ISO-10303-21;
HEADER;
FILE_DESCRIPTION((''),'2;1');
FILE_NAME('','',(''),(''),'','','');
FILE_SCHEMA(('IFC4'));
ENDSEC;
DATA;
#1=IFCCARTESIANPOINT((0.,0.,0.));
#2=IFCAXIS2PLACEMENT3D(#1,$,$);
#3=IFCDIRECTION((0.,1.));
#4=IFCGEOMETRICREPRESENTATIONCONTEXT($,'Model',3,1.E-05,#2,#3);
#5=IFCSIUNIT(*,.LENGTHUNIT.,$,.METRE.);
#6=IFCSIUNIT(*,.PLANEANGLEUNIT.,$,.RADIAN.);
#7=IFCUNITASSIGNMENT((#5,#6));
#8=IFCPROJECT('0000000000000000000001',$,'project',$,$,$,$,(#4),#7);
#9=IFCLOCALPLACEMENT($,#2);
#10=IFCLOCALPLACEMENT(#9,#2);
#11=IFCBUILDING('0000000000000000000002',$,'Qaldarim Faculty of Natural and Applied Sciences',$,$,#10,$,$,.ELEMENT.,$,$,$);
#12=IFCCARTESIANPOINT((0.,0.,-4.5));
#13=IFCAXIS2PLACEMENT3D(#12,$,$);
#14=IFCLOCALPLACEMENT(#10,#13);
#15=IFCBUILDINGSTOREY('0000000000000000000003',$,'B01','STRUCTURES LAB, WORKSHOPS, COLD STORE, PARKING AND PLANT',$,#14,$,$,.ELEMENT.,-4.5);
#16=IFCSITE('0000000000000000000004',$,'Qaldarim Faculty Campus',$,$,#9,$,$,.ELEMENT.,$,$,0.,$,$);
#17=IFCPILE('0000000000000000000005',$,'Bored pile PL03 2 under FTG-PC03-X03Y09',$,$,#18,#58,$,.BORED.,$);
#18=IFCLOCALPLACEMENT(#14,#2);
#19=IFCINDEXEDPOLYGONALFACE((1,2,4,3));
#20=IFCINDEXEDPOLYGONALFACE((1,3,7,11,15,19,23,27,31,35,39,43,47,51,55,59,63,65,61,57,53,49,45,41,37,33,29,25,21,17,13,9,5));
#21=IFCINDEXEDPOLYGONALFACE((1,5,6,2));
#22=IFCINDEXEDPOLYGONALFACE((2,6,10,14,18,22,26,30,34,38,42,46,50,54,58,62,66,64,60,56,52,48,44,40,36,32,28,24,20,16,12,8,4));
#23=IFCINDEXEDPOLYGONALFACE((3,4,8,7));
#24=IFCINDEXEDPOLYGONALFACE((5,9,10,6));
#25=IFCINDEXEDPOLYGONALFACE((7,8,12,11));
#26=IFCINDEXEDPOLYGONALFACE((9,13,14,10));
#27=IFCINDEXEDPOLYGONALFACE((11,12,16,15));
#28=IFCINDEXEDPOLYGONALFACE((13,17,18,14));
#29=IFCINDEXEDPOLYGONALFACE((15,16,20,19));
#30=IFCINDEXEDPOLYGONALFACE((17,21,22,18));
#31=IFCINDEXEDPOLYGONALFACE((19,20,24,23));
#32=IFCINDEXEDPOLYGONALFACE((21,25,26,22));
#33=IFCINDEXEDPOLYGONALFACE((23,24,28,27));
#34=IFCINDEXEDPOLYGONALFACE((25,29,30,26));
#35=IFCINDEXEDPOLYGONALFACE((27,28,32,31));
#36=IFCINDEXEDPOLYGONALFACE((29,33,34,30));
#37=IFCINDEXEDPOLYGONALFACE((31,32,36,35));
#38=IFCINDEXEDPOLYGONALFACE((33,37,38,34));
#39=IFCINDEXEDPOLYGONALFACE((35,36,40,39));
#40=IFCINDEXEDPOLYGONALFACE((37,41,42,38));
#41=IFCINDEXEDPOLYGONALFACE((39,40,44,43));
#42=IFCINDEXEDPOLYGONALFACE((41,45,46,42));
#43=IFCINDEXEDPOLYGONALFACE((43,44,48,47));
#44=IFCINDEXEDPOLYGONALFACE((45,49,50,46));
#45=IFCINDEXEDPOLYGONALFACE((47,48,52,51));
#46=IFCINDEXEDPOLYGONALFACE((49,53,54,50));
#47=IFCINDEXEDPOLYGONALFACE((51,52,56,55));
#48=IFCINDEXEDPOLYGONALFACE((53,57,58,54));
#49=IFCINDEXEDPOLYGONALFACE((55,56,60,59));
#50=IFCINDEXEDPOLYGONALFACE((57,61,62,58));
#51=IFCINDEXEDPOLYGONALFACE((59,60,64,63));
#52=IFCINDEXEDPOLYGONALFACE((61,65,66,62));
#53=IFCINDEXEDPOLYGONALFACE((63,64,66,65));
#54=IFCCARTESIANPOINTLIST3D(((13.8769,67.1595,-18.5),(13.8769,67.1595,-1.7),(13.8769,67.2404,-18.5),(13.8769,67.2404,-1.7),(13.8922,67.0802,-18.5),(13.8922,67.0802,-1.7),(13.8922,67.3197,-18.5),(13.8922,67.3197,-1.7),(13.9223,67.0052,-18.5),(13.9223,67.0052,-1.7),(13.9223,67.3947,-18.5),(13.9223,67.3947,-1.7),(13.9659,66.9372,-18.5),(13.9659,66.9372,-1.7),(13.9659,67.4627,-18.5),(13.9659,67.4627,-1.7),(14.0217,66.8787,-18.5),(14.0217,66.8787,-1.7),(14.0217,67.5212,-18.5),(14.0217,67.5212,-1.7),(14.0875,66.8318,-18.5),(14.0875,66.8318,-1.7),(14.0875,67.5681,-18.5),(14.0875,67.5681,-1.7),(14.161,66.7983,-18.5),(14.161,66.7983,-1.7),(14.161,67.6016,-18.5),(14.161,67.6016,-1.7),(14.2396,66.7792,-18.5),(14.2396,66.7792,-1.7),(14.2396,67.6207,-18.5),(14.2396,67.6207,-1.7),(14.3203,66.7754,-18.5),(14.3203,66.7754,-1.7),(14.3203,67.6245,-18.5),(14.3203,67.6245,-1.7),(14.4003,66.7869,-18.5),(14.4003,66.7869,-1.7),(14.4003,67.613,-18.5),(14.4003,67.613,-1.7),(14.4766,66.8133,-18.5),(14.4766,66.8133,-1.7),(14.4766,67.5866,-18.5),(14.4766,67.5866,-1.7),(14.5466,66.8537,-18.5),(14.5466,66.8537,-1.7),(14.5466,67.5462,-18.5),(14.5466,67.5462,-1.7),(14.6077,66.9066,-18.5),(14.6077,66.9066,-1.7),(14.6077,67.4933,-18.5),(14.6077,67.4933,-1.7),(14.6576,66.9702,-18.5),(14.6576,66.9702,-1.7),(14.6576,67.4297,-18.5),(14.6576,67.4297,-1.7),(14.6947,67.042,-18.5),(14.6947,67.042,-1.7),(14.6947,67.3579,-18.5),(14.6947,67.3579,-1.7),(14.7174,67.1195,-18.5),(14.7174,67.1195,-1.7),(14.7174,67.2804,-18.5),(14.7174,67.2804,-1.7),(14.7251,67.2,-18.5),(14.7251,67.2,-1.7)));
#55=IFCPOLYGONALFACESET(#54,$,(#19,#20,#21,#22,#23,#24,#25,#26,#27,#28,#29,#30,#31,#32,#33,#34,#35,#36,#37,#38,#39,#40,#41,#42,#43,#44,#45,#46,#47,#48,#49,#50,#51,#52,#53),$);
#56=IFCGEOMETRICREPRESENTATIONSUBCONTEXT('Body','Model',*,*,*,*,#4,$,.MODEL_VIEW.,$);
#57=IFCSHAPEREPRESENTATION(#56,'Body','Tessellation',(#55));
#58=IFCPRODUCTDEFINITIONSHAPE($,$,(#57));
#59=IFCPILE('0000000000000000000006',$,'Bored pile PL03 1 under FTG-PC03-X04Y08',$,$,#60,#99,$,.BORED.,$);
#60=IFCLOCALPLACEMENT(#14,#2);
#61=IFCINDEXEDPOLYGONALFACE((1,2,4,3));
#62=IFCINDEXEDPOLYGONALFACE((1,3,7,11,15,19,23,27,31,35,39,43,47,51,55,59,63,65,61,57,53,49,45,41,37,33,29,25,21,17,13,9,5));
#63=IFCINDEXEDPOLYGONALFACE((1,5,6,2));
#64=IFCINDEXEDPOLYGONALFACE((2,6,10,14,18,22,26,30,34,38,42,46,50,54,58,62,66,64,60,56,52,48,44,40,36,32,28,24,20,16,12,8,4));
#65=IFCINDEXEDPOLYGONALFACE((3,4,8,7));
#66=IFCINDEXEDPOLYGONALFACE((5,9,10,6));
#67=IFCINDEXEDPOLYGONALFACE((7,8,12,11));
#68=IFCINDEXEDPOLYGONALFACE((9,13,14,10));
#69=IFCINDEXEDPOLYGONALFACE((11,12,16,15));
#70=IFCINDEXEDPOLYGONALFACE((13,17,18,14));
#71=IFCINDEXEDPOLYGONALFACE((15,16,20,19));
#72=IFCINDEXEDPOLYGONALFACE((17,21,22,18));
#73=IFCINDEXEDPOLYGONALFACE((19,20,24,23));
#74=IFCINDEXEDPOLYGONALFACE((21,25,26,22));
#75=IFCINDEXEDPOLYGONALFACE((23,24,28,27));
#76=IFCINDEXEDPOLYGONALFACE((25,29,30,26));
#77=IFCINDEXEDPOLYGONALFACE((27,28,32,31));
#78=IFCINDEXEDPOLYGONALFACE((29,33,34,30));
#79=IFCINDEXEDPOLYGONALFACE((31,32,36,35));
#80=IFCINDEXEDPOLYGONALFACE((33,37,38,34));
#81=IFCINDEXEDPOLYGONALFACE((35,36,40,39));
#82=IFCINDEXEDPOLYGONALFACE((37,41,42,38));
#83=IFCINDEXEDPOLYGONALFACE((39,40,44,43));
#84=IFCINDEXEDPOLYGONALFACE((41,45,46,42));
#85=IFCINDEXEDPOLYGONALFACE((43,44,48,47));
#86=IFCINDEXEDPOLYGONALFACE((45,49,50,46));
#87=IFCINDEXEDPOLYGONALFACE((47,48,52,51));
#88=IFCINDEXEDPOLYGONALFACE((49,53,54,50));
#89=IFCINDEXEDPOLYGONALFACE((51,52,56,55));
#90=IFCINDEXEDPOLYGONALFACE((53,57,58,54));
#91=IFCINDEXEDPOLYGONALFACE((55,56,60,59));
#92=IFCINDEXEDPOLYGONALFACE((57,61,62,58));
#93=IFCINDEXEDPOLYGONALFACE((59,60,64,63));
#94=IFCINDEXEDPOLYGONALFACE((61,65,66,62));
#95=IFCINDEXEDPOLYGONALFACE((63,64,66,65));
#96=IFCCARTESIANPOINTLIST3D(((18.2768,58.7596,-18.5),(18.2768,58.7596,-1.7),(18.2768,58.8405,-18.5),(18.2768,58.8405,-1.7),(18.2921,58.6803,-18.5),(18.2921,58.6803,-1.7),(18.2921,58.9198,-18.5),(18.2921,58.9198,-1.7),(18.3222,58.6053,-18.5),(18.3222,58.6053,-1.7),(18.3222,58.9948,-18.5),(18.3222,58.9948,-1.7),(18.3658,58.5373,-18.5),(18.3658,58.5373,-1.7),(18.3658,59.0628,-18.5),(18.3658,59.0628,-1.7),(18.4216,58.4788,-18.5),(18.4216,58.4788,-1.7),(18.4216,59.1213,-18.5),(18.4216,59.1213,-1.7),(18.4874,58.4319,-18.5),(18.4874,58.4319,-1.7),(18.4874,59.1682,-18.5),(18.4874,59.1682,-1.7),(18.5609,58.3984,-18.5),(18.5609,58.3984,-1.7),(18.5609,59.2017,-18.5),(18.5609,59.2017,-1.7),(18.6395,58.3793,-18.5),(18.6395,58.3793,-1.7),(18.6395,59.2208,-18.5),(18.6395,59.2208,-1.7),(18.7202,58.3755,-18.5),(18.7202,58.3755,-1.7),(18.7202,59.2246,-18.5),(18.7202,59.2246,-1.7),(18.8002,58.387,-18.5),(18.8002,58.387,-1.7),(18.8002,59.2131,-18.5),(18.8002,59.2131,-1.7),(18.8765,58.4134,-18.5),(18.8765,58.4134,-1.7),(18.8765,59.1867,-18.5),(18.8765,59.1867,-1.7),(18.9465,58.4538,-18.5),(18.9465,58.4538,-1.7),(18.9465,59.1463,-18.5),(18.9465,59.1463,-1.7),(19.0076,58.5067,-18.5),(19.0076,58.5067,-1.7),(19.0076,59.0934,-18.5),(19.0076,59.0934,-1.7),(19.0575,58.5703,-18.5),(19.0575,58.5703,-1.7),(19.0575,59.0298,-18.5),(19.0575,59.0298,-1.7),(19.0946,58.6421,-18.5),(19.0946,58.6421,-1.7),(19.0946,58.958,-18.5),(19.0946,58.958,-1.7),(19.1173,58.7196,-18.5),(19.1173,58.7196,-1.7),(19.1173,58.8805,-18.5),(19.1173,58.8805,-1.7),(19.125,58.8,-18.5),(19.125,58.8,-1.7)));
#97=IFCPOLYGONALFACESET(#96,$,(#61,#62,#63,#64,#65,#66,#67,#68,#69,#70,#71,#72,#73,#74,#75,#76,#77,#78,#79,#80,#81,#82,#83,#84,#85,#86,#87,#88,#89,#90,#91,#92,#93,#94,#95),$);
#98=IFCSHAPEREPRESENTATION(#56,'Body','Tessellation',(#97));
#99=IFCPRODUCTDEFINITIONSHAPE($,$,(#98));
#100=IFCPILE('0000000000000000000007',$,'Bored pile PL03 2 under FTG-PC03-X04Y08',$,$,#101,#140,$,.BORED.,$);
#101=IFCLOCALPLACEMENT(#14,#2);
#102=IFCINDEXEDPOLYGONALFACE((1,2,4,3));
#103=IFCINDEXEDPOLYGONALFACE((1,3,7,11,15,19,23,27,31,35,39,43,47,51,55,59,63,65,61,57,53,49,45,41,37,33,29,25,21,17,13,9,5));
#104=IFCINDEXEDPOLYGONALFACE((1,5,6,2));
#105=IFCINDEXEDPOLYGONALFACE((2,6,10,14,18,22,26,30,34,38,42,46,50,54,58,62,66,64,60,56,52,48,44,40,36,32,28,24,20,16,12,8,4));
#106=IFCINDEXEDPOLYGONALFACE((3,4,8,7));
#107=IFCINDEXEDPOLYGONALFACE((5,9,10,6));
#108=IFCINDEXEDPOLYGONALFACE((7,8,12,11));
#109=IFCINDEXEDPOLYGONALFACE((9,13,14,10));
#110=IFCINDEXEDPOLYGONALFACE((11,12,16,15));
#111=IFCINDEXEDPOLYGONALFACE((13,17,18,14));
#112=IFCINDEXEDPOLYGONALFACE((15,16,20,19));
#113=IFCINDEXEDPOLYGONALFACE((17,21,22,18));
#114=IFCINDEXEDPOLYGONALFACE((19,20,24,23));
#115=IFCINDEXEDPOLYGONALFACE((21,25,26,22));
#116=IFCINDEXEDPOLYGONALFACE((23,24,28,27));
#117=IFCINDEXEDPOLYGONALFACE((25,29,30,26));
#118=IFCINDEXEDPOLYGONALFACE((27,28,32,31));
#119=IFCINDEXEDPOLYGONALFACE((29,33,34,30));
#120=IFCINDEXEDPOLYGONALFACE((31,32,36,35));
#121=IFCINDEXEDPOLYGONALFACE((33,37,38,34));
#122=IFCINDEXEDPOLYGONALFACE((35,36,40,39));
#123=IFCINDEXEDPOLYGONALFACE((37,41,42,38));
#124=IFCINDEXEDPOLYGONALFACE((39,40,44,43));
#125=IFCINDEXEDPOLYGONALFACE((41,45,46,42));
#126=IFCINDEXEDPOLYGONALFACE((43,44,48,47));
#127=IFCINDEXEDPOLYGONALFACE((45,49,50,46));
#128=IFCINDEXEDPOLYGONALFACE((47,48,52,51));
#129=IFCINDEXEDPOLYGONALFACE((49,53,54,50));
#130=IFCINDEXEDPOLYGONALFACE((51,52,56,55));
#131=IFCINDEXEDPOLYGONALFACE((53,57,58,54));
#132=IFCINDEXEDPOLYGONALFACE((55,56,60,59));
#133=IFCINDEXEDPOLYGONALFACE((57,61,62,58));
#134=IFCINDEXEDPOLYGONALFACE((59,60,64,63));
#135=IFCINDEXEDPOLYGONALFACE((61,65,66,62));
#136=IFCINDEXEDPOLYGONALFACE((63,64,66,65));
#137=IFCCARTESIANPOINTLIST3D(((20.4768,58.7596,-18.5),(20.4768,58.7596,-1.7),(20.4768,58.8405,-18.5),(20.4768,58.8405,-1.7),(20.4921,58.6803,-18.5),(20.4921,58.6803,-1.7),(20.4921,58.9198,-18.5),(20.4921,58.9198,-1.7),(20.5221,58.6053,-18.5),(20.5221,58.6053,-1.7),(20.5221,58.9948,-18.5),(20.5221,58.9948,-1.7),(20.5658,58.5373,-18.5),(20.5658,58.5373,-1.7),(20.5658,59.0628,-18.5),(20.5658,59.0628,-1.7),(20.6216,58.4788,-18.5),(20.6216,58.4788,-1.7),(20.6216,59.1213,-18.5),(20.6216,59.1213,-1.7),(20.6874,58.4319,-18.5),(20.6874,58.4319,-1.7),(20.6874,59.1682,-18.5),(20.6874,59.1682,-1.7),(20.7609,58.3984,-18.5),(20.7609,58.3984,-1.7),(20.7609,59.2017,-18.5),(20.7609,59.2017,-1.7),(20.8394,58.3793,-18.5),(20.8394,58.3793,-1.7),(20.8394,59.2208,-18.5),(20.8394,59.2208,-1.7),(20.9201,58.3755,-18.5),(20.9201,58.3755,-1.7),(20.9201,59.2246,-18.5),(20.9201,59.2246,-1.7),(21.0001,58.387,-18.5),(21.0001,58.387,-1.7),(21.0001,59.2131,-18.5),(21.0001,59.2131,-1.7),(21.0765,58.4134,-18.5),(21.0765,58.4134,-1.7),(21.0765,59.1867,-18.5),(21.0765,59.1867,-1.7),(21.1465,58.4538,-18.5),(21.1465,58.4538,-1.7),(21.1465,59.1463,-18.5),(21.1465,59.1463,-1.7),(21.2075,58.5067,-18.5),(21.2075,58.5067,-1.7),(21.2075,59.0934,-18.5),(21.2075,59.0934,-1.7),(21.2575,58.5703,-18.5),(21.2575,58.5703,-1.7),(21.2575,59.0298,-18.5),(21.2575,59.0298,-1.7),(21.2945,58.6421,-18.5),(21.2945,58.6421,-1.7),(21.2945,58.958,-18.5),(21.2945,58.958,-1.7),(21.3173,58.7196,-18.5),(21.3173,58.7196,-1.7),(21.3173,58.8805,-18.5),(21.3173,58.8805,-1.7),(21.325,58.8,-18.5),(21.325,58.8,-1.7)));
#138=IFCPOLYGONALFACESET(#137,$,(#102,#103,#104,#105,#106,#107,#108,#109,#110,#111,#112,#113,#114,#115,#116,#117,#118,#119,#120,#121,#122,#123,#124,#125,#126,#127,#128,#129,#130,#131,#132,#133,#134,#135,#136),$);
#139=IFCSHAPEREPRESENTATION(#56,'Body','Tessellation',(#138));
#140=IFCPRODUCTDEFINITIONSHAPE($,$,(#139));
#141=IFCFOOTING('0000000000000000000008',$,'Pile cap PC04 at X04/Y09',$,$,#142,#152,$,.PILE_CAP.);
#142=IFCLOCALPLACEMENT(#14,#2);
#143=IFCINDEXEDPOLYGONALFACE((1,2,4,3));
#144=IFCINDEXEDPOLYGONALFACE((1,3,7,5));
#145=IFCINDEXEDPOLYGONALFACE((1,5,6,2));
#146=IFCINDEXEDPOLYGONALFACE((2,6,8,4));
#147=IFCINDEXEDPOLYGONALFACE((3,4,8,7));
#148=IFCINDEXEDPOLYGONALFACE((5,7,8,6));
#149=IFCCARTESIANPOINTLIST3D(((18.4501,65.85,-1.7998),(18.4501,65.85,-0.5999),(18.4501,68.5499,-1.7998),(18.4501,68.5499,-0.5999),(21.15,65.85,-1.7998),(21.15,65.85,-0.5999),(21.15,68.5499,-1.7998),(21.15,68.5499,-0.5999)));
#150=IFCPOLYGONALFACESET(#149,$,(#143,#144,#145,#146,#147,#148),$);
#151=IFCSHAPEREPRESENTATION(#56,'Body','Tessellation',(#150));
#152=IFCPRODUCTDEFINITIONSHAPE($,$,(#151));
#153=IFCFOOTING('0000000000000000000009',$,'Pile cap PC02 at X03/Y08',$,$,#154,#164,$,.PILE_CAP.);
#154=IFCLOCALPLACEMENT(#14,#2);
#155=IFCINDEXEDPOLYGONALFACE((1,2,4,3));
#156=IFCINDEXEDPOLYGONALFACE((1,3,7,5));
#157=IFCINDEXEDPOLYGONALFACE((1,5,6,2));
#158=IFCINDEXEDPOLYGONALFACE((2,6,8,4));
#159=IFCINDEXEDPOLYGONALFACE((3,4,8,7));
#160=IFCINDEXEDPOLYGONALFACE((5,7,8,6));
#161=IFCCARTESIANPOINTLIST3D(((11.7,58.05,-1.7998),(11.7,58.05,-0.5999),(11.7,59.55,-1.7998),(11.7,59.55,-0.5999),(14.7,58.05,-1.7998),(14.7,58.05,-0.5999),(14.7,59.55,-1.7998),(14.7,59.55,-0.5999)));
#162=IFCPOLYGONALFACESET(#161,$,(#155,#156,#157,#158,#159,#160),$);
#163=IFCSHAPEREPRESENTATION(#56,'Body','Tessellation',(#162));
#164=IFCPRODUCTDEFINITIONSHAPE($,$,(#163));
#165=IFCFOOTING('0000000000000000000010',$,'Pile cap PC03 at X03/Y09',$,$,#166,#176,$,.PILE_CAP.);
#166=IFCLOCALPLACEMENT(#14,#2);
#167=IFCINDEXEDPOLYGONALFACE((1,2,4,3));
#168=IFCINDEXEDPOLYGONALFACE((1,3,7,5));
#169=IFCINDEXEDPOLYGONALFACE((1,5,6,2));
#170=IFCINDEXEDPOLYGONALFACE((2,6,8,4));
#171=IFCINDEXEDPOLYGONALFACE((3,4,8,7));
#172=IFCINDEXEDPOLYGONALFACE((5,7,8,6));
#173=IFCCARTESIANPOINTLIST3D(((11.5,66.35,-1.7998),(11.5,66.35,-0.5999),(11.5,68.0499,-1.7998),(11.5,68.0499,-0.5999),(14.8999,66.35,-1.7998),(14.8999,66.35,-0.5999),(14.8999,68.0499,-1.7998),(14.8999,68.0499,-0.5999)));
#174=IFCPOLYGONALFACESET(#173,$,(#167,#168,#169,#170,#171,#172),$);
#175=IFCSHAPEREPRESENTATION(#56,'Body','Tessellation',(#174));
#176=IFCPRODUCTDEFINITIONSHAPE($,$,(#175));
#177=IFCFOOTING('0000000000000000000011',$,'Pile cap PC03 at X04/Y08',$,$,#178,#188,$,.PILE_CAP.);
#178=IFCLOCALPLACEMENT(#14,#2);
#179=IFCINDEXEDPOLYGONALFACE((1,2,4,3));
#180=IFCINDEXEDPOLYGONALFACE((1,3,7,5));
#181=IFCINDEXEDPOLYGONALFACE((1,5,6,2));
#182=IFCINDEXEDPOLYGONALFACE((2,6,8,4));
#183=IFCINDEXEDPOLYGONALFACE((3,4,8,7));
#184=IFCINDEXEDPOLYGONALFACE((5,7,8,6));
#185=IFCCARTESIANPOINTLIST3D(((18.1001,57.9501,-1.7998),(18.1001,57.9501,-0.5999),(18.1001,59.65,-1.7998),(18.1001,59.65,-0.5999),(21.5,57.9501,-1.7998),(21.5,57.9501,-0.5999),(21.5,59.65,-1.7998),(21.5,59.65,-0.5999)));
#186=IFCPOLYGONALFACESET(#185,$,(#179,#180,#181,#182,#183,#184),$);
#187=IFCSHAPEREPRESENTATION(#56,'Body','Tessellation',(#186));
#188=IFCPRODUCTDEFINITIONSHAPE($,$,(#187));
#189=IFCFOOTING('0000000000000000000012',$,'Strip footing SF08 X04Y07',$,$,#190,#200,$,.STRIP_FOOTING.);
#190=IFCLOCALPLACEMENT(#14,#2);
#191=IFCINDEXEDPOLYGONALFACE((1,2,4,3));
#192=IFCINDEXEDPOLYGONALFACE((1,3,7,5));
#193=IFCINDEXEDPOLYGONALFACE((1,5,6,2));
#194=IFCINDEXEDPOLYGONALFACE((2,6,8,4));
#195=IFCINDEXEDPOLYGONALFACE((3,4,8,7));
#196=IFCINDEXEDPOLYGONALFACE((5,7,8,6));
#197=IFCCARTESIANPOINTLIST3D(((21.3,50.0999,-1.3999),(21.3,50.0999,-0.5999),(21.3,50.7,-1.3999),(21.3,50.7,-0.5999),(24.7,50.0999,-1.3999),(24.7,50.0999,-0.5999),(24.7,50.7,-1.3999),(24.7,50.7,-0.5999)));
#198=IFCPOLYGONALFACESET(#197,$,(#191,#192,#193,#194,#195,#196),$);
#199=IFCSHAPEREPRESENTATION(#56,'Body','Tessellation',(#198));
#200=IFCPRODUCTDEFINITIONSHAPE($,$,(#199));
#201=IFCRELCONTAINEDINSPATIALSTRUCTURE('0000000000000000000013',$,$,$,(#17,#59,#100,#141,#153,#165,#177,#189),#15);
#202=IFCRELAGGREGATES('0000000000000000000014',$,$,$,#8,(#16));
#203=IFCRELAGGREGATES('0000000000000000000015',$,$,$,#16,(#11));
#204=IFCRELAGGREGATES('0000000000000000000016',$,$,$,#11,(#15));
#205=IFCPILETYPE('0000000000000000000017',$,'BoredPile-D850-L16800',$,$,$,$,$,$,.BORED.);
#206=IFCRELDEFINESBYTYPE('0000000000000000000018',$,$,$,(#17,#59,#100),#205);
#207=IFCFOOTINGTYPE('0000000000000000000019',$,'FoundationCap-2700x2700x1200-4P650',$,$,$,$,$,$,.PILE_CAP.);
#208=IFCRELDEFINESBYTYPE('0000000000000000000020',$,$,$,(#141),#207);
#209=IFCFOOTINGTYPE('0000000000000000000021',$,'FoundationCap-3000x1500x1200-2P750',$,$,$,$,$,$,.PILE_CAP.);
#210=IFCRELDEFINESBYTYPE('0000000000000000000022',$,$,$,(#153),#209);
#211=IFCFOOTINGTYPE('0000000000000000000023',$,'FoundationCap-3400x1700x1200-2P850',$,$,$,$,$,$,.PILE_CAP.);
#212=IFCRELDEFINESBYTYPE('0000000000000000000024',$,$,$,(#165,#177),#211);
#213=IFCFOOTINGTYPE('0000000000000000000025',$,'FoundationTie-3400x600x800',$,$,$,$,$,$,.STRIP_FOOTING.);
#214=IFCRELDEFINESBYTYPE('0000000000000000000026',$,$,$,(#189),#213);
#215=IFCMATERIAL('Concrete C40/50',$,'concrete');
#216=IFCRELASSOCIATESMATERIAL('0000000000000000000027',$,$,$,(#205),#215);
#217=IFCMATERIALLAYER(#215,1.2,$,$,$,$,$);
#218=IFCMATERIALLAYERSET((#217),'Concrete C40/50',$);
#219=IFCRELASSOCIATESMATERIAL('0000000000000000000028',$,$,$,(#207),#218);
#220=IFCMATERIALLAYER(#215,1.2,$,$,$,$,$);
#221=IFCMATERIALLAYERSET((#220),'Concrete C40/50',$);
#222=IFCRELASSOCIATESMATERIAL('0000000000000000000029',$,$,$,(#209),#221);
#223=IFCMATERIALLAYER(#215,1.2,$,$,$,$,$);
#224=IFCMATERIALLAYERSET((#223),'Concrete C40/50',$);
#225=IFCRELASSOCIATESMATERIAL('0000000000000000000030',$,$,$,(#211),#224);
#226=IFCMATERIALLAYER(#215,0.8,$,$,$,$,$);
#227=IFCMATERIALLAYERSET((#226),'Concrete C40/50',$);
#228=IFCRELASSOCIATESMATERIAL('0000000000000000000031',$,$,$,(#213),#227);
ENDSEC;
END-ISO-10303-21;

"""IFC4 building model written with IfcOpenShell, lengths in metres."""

from ifc_helpers import new_model, si_unit, direction, frame, origin, origin_2d, place, context, subcontext, project, spatial, rectangle, circle, extrude, material, layer, layer_set, material_profile, profile_set, type_object, element, save


model = new_model("IFC4")

# Units and contexts
model_context = context("Model", 3, precision=1e-05, world=origin(), true_north=direction((0.0, 1.0)))
body_context = subcontext(model_context, "Body", "Model", "MODEL_VIEW")
ifc_project = project(units=[si_unit("LENGTHUNIT", "METRE"), si_unit("PLANEANGLEUNIT", "RADIAN")], contexts=[model_context])

# Site, building, storey
site_placement = place(None, origin())
site = spatial("IfcSite", under=ifc_project, at=site_placement, Name="Qaldarim Faculty Campus", CompositionType="ELEMENT", RefElevation=0.0)
building_placement = place(site_placement, origin())
building = spatial("IfcBuilding", under=site, at=building_placement, Name="Qaldarim Faculty of Natural and Applied Sciences", CompositionType="ELEMENT")
storey_placement = place(building_placement, frame((0.0, 0.0, -4.5)))
storey = spatial("IfcBuildingStorey", under=building, at=storey_placement, Name="B01", Description="STRUCTURES LAB, WORKSHOPS, COLD STORE, PARKING AND PLANT", CompositionType="ELEMENT", Elevation=-4.5)

# Piles
ifc_material_1 = material(Name="Concrete C40/50", Category="concrete")
ifc_material_profile_1 = material_profile(ifc_material_1, circle(Radius=0.425, at=origin_2d()), Name="PILE-D850")
ifc_profile_set_1 = profile_set([ifc_material_profile_1], Name="Concrete C40/50")
pile_type_1 = type_object("IfcPileType", Name="BoredPile-D850-L16800", PredefinedType="BORED", material=ifc_profile_set_1)
for number, where, z_axis, x_axis, name in (
    (1, (14.3, 67.2, -1.7), (0.0, 0.0, -1.0), (1.0, 0.0, 0.0), "Bored pile PL03 2 under FTG-PC03-X03Y09"),
    (2, (18.7, 58.8, -1.7), (0.0, 0.0, -1.0), (1.0, 0.0, 0.0), "Bored pile PL03 1 under FTG-PC03-X04Y08"),
    (3, (20.8999, 58.8, -1.7), (0.0, 0.0, -1.0), (1.0, 0.0, 0.0), "Bored pile PL03 2 under FTG-PC03-X04Y08"),
):
    element("IfcPile", number, at=place(storey_placement, frame(where, z_axis=z_axis, x_axis=x_axis)), inside=storey, type_object=pile_type_1, Name=name, PredefinedType="BORED", context=body_context, shape_type="SweptSolid", body=[
        extrude(circle(Radius=0.425, at=origin_2d()), origin(), (0.0, 0.0, 1.0), 16.8),
    ])

# Footings
ifc_layer_1 = layer(ifc_material_1, 1.2)
ifc_layer_set_1 = layer_set([ifc_layer_1], Name="Concrete C40/50")
footing_type_1 = type_object("IfcFootingType", Name="FoundationCap-2700x2700x1200-4P650", PredefinedType="PILE_CAP", material=ifc_layer_set_1)
footing_1_placement = place(storey_placement, frame((19.8, 67.2, -1.7998), z_axis=(0.0, 0.0, 1.0), x_axis=(1.0, 0.0, 0.0)))
element("IfcFooting", 4, at=footing_1_placement, inside=storey, type_object=footing_type_1, Name="Pile cap PC04 at X04/Y09", PredefinedType="PILE_CAP", context=body_context, shape_type="SweptSolid", body=[
    extrude(rectangle(XDim=2.7, YDim=2.7, at=origin_2d()), origin(), (0.0, 0.0, 1.0), 1.2),
])
ifc_layer_2 = layer(ifc_material_1, 1.2)
ifc_layer_set_2 = layer_set([ifc_layer_2], Name="Concrete C40/50")
footing_type_2 = type_object("IfcFootingType", Name="FoundationCap-3000x1500x1200-2P750", PredefinedType="PILE_CAP", material=ifc_layer_set_2)
footing_2_placement = place(storey_placement, frame((13.2, 58.8, -1.7998), z_axis=(0.0, 0.0, 1.0), x_axis=(1.0, 0.0, 0.0)))
element("IfcFooting", 5, at=footing_2_placement, inside=storey, type_object=footing_type_2, Name="Pile cap PC02 at X03/Y08", PredefinedType="PILE_CAP", context=body_context, shape_type="SweptSolid", body=[
    extrude(rectangle(XDim=3.0, YDim=1.5, at=origin_2d()), origin(), (0.0, 0.0, 1.0), 1.2),
])
ifc_layer_3 = layer(ifc_material_1, 1.2)
ifc_layer_set_3 = layer_set([ifc_layer_3], Name="Concrete C40/50")
footing_type_3 = type_object("IfcFootingType", Name="FoundationCap-3400x1700x1200-2P850", PredefinedType="PILE_CAP", material=ifc_layer_set_3)
for number, where, z_axis, x_axis, name in (
    (6, (13.2, 67.2, -1.7998), (0.0, 0.0, 1.0), (1.0, 0.0, 0.0), "Pile cap PC03 at X03/Y09"),
    (7, (19.8, 58.8, -1.7998), (0.0, 0.0, 1.0), (1.0, 0.0, 0.0), "Pile cap PC03 at X04/Y08"),
):
    element("IfcFooting", number, at=place(storey_placement, frame(where, z_axis=z_axis, x_axis=x_axis)), inside=storey, type_object=footing_type_3, Name=name, PredefinedType="PILE_CAP", context=body_context, shape_type="SweptSolid", body=[
        extrude(rectangle(XDim=3.3999, YDim=1.7, at=origin_2d()), origin(), (0.0, 0.0, 1.0), 1.2),
    ])
ifc_layer_4 = layer(ifc_material_1, 0.8)
ifc_layer_set_4 = layer_set([ifc_layer_4], Name="Concrete C40/50")
footing_type_4 = type_object("IfcFootingType", Name="FoundationTie-3400x600x800", PredefinedType="STRIP_FOOTING", material=ifc_layer_set_4)
footing_3_placement = place(storey_placement, frame((23.0, 50.3999, -1.3999), z_axis=(0.0, 0.0, 1.0), x_axis=(1.0, 0.0, 0.0)))
element("IfcFooting", 8, at=footing_3_placement, inside=storey, type_object=footing_type_4, Name="Strip footing SF08 X04Y07", PredefinedType="STRIP_FOOTING", context=body_context, shape_type="SweptSolid", body=[
    extrude(rectangle(XDim=3.3999, YDim=0.6001, at=origin_2d()), origin(), (0.0, 0.0, 1.0), 0.8),
])

save(model, "model.ifc")
